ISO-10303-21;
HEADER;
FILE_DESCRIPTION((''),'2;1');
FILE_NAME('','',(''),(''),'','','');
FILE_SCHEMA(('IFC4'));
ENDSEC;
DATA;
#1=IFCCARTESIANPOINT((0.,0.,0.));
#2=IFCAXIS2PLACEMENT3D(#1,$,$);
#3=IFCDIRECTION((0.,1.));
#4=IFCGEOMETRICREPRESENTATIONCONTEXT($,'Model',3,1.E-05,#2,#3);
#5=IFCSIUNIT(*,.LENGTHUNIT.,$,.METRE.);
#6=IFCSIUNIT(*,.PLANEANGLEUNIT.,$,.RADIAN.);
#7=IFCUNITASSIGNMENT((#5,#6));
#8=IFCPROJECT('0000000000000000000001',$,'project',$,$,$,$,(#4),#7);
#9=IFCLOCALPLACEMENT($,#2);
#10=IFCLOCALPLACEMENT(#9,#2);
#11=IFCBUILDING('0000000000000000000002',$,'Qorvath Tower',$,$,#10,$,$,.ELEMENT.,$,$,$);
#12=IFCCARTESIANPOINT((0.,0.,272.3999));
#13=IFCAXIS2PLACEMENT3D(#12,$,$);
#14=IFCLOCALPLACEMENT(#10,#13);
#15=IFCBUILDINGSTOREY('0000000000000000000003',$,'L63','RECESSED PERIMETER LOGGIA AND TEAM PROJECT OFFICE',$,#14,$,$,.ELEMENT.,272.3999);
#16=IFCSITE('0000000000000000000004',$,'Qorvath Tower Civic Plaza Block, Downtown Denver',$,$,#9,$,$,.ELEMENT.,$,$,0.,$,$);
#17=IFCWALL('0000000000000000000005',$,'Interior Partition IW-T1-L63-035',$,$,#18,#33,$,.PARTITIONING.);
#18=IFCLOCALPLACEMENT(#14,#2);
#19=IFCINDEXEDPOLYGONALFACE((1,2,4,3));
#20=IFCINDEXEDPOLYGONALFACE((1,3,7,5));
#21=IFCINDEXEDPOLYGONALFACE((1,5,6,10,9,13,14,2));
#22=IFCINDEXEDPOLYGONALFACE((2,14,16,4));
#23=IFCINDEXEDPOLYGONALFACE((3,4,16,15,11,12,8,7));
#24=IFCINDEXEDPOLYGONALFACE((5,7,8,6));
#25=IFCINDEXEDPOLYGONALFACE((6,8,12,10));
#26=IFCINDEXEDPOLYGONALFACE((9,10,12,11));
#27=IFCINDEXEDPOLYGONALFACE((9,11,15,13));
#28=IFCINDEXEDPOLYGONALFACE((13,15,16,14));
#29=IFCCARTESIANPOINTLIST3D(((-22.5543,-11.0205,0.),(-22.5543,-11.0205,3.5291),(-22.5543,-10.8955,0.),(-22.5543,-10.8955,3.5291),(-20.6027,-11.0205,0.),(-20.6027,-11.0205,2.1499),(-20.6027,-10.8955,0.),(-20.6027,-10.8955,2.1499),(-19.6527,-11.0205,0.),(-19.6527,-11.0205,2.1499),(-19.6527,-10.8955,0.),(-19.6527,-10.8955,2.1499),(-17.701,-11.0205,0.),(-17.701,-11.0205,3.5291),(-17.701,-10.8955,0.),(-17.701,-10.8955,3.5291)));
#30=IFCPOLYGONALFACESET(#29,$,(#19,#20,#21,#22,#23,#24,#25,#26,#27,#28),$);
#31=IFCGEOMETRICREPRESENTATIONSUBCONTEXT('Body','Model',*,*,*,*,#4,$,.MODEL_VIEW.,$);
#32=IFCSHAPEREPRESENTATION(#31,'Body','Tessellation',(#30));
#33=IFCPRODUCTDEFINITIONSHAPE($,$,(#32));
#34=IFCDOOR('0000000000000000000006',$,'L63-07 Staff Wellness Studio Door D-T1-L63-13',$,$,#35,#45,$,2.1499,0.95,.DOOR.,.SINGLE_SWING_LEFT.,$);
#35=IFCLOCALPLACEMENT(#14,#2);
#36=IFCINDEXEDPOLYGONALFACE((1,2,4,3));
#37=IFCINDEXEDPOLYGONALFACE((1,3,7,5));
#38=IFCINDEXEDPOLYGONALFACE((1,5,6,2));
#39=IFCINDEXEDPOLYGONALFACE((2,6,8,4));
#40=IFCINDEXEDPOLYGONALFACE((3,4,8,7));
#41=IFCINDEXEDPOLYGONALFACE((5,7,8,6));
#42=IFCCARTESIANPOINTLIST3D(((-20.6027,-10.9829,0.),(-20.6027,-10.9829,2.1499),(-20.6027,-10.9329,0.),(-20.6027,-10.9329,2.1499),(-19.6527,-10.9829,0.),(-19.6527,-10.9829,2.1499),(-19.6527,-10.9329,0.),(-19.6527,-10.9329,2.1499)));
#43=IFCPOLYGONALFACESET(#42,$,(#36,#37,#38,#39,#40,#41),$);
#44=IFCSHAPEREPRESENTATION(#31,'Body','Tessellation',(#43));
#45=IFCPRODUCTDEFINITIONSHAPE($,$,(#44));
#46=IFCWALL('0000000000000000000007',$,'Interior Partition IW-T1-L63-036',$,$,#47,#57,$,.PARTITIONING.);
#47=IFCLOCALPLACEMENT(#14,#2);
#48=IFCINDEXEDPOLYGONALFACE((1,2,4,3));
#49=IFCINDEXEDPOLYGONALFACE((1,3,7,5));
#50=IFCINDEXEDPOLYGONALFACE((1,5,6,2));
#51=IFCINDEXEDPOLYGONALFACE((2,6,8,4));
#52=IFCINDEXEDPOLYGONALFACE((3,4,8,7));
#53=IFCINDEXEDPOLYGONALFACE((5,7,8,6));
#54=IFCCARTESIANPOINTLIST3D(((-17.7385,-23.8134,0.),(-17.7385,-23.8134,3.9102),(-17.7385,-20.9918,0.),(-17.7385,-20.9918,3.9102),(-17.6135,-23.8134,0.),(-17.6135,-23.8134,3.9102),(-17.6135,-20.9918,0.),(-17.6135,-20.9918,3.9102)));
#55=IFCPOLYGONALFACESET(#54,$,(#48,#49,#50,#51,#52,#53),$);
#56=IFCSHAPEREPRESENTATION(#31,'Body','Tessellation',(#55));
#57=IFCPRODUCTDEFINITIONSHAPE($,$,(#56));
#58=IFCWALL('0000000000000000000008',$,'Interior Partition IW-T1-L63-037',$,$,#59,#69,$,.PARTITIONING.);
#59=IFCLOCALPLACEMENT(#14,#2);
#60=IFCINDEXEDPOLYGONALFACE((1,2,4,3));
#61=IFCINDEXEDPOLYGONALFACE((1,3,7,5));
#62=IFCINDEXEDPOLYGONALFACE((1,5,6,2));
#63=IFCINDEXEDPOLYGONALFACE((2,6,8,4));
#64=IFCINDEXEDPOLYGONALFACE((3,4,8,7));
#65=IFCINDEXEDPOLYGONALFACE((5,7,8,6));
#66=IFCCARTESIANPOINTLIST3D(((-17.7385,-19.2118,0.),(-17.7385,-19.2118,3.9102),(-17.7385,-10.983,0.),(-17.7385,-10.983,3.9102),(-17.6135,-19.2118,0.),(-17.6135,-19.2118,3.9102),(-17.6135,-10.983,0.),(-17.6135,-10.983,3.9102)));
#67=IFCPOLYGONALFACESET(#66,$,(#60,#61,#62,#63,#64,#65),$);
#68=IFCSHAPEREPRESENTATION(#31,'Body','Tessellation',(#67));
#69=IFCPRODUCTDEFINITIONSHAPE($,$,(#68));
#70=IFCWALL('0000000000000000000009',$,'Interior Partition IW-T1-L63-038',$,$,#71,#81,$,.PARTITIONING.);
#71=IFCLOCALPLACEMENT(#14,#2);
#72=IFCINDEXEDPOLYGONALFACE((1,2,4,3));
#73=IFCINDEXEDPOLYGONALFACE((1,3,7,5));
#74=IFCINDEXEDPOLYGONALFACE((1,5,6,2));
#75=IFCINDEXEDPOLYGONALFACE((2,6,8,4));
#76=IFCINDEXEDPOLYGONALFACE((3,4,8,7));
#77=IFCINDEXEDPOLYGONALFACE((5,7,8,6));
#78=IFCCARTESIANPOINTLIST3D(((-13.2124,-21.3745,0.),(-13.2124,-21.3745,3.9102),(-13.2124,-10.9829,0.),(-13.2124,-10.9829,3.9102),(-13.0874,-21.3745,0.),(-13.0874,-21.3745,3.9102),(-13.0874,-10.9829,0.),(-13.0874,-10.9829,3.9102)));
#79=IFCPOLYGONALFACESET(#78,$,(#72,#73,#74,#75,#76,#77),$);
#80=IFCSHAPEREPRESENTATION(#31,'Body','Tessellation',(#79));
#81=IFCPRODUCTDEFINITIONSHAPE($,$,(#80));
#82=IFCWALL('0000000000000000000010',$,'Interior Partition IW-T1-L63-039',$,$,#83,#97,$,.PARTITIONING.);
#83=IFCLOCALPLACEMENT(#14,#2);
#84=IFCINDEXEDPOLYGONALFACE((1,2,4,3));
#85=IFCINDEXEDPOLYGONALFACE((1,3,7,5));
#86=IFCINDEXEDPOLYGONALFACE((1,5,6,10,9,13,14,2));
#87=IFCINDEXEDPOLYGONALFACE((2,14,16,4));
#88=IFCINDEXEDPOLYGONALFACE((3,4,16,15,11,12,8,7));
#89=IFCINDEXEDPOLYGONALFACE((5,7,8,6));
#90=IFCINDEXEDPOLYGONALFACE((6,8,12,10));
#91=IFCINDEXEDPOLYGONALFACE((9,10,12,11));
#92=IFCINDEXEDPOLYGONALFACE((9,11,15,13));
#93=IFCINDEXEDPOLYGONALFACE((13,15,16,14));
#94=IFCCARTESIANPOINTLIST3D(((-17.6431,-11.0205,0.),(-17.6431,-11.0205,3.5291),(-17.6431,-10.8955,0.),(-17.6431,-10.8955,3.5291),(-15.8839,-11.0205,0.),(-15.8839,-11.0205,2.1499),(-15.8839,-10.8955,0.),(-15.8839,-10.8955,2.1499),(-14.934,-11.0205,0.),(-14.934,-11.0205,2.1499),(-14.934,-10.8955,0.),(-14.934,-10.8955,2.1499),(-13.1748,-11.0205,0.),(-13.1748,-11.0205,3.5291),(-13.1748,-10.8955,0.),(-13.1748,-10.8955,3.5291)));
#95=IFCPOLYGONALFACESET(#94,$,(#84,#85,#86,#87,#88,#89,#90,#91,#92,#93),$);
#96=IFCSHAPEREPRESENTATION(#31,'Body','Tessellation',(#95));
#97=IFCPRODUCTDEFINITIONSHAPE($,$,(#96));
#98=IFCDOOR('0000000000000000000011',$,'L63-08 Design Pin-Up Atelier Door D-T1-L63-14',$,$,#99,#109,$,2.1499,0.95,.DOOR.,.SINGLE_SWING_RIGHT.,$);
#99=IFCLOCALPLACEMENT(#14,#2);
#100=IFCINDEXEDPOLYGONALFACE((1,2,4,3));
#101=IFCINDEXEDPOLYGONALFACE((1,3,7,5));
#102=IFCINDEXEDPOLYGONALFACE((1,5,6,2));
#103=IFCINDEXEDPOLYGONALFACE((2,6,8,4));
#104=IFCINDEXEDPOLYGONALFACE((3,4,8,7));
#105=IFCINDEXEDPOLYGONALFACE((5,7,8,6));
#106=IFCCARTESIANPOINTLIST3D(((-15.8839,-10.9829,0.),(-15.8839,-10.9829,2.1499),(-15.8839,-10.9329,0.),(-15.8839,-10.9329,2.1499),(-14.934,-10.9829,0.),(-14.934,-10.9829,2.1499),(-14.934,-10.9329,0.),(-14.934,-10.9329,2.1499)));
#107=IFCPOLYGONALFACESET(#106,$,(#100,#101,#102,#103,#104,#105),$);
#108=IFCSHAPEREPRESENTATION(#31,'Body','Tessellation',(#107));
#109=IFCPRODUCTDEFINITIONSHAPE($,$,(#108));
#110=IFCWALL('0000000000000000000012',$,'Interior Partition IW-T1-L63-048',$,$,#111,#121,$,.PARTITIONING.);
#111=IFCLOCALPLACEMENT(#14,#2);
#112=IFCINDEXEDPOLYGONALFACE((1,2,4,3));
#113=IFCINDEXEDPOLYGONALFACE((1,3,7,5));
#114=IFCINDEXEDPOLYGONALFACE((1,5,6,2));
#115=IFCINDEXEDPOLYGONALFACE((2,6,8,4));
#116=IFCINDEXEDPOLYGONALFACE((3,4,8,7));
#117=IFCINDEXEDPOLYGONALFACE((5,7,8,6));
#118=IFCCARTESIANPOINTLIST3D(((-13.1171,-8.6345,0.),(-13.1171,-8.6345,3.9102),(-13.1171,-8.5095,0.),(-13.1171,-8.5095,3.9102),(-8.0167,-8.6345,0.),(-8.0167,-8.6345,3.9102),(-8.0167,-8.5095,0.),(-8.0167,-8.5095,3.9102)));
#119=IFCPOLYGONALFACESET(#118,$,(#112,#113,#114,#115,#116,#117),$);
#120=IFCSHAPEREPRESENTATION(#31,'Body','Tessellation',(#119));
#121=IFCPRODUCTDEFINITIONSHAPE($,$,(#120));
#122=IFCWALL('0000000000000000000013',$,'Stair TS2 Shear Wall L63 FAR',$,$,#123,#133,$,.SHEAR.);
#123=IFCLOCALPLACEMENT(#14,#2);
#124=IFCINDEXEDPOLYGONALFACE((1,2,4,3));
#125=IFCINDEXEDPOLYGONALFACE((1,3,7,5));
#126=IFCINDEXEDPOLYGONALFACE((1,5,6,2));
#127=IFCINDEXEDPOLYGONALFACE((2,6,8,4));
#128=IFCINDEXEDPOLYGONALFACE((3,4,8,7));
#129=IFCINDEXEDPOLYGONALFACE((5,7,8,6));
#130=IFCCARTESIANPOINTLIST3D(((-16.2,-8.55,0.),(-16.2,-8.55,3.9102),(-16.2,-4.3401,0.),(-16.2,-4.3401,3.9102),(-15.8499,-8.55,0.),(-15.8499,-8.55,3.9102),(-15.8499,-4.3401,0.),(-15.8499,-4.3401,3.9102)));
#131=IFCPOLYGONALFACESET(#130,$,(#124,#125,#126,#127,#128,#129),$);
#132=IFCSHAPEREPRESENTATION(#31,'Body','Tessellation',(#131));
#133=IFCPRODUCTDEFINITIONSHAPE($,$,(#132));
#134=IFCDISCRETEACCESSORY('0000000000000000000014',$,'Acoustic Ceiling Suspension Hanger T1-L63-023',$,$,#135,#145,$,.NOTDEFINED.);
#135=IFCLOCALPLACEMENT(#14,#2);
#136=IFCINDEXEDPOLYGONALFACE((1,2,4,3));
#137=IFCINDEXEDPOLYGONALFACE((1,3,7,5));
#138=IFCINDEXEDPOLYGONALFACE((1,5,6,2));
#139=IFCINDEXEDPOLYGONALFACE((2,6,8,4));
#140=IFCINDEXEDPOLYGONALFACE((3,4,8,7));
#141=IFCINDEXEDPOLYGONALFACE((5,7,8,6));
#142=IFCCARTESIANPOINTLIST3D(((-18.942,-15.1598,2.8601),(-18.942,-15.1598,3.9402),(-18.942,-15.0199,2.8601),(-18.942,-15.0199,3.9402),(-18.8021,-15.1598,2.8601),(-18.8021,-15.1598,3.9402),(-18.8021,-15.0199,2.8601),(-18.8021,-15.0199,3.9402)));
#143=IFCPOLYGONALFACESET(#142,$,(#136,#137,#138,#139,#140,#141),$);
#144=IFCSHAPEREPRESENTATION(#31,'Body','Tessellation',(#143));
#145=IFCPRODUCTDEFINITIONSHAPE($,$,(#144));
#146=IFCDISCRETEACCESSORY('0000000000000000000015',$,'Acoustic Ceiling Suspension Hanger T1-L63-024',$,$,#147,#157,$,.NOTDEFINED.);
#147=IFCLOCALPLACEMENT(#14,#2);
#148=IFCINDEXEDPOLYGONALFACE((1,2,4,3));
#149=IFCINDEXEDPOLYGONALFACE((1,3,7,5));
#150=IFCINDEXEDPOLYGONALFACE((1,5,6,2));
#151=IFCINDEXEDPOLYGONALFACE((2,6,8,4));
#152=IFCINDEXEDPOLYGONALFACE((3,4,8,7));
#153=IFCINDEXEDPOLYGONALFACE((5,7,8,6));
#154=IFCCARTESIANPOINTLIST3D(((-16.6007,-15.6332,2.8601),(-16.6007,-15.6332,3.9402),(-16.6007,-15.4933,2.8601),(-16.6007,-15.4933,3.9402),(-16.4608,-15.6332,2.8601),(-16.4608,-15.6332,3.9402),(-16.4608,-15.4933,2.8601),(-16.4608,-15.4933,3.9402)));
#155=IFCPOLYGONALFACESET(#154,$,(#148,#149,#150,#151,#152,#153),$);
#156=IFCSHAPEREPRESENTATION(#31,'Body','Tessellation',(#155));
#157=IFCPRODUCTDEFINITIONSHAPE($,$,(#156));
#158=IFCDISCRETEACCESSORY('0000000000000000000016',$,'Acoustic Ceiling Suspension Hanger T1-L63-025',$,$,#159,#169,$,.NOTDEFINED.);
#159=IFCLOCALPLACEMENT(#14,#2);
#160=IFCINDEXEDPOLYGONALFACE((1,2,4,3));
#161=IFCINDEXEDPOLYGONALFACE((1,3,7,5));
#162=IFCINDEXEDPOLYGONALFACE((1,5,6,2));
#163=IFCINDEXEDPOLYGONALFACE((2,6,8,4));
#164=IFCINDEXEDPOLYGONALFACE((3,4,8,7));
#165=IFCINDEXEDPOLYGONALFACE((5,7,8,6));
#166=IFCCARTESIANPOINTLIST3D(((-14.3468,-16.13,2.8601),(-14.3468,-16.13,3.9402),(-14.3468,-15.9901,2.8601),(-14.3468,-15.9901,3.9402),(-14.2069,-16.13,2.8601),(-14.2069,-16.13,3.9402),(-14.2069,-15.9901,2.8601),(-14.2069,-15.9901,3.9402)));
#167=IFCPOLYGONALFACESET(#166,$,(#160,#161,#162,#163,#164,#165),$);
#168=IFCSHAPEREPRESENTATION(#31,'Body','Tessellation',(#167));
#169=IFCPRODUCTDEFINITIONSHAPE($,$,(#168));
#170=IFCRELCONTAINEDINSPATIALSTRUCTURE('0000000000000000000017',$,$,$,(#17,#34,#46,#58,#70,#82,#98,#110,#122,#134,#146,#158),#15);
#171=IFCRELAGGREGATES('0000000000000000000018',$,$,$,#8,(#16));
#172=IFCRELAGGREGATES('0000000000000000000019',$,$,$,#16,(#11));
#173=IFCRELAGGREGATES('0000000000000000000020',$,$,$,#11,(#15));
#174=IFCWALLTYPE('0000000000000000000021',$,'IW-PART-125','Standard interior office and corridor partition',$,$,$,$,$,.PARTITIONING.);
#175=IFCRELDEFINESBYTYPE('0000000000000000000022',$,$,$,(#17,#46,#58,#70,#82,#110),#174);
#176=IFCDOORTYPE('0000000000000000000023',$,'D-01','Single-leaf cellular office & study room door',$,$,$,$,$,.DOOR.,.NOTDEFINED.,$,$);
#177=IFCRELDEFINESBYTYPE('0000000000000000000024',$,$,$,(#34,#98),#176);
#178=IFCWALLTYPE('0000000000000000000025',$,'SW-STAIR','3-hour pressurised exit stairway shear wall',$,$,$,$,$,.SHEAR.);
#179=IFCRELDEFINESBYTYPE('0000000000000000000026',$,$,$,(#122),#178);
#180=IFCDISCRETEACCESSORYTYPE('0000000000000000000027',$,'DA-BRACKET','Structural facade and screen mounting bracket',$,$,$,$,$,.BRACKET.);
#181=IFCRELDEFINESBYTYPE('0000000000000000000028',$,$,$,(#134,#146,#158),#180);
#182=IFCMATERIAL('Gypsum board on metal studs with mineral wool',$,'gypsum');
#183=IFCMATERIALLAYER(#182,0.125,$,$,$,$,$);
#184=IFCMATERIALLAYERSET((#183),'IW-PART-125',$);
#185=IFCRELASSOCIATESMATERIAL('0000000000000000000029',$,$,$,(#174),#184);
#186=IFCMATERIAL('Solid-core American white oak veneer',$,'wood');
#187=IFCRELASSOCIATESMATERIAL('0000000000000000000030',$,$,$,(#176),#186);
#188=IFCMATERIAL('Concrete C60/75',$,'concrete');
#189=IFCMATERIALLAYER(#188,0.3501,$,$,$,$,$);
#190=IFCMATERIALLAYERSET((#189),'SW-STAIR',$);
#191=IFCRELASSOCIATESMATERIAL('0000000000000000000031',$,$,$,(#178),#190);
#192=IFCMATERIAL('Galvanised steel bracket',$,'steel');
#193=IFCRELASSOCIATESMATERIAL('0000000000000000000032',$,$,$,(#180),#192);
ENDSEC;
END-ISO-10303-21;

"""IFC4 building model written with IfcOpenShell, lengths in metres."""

from ifc_helpers import new_model, si_unit, direction, frame, frame_2d, origin, origin_2d, place, context, subcontext, project, spatial, rectangle, extrude, material, layer, layer_set, type_object, element, fill, save


model = new_model("IFC4")

# Units and contexts
model_context = context("Model", 3, precision=1e-05, world=origin(), true_north=direction((0.0, 1.0)))
body_context = subcontext(model_context, "Body", "Model", "MODEL_VIEW")
ifc_project = project(units=[si_unit("LENGTHUNIT", "METRE"), si_unit("PLANEANGLEUNIT", "RADIAN")], contexts=[model_context])

# Site, building, storey
site_placement = place(None, origin())
site = spatial("IfcSite", under=ifc_project, at=site_placement, Name="Qorvath Tower Civic Plaza Block, Downtown Denver", CompositionType="ELEMENT", RefElevation=0.0)
building_placement = place(site_placement, origin())
building = spatial("IfcBuilding", under=site, at=building_placement, Name="Qorvath Tower", CompositionType="ELEMENT")
storey_placement = place(building_placement, frame((0.0, 0.0, 272.3999)))
storey = spatial("IfcBuildingStorey", under=building, at=storey_placement, Name="L63", Description="RECESSED PERIMETER LOGGIA AND TEAM PROJECT OFFICE", CompositionType="ELEMENT", Elevation=272.3999)

# Wall, opening, door
ifc_material_1 = material(Name="Gypsum board on metal studs with mineral wool", Category="gypsum")
ifc_layer_1 = layer(ifc_material_1, 0.125)
ifc_layer_set_1 = layer_set([ifc_layer_1], Name="IW-PART-125")
wall_type_1 = type_object("IfcWallType", Name="IW-PART-125", Description="Standard interior office and corridor partition", PredefinedType="PARTITIONING", material=ifc_layer_set_1)
wall_1_placement = place(storey_placement, frame((-17.7009, -10.958, 0.0), z_axis=(0.0, 0.0, 1.0), x_axis=(-1.0, 0.0, 0.0)))
wall_1 = element("IfcWall", 1, at=wall_1_placement, inside=storey, type_object=wall_type_1, Name="Interior Partition IW-T1-L63-035", PredefinedType="PARTITIONING", context=body_context, shape_type="SweptSolid", body=[
    extrude(rectangle(XDim=4.8533, YDim=0.125, at=frame_2d((2.4268, 0.0))), origin(), (0.0, 0.0, 1.0), 3.5291),
])
opening_1_placement = place(wall_1_placement, frame((1.9517, 0.0, 0.0)))
opening_1 = element("IfcOpeningElement", 2, at=opening_1_placement, cuts=wall_1, PredefinedType="OPENING", context=body_context, shape_type="SweptSolid", body=[
    extrude(rectangle(XDim=0.95, YDim=2.1499, at=frame_2d((0.4751, 1.075))), frame((0.0, 0.0725, 0.0), z_axis=(0.0, -1.0, 0.0), x_axis=(1.0, 0.0, 0.0)), (0.0, 0.0, 1.0), 0.145),
])
ifc_material_2 = material(Name="Solid-core American white oak veneer", Category="wood")
door_type = type_object("IfcDoorType", Name="D-01", Description="Single-leaf cellular office & study room door", OperationType="NOTDEFINED", PredefinedType="DOOR", material=ifc_material_2)
door_1_placement = place(opening_1_placement, origin())
door_1 = element("IfcDoor", 3, at=door_1_placement, inside=storey, type_object=door_type, Name="L63-07 Staff Wellness Studio Door D-T1-L63-13", OperationType="SINGLE_SWING_LEFT", OverallHeight=2.1499, OverallWidth=0.95, PredefinedType="DOOR", context=body_context, shape_type="SweptSolid", body=[
    extrude(rectangle(XDim=0.95, YDim=2.1499, at=frame_2d((0.4751, 1.075))), frame((0.0, 0.0249, 0.0), z_axis=(0.0, -1.0, 0.0), x_axis=(1.0, 0.0, 0.0)), (0.0, 0.0, 1.0), 0.05),
])
fill(opening_1, door_1)

# Walls
wall_2_placement = place(storey_placement, frame((-17.676, -23.8132, 0.0), z_axis=(0.0, 0.0, 1.0), x_axis=(0.0, 1.0, 0.0)))
element("IfcWall", 4, at=wall_2_placement, inside=storey, type_object=wall_type_1, Name="Interior Partition IW-T1-L63-036", PredefinedType="PARTITIONING", context=body_context, shape_type="SweptSolid", body=[
    extrude(rectangle(XDim=2.8215, YDim=0.125, at=frame_2d((1.4106, 0.0))), origin(), (0.0, 0.0, 1.0), 3.9102),
])
wall_3_placement = place(storey_placement, frame((-17.676, -19.2117, 0.0), z_axis=(0.0, 0.0, 1.0), x_axis=(0.0, 1.0, 0.0)))
element("IfcWall", 5, at=wall_3_placement, inside=storey, type_object=wall_type_1, Name="Interior Partition IW-T1-L63-037", PredefinedType="PARTITIONING", context=body_context, shape_type="SweptSolid", body=[
    extrude(rectangle(XDim=8.2288, YDim=0.125, at=frame_2d((4.1143, 0.0))), origin(), (0.0, 0.0, 1.0), 3.9102),
])
wall_4_placement = place(storey_placement, frame((-13.1499, -21.3745, 0.0), z_axis=(0.0, 0.0, 1.0), x_axis=(0.0, 1.0, 0.0)))
element("IfcWall", 6, at=wall_4_placement, inside=storey, type_object=wall_type_1, Name="Interior Partition IW-T1-L63-038", PredefinedType="PARTITIONING", context=body_context, shape_type="SweptSolid", body=[
    extrude(rectangle(XDim=10.3916, YDim=0.125, at=frame_2d((5.1958, 0.0))), origin(), (0.0, 0.0, 1.0), 3.9102),
])

# Wall, opening, door
wall_5_placement = place(storey_placement, frame((-13.1748, -10.958, 0.0), z_axis=(0.0, 0.0, 1.0), x_axis=(-1.0, 0.0, 0.0)))
wall_5 = element("IfcWall", 7, at=wall_5_placement, inside=storey, type_object=wall_type_1, Name="Interior Partition IW-T1-L63-039", PredefinedType="PARTITIONING", context=body_context, shape_type="SweptSolid", body=[
    extrude(rectangle(XDim=4.4683, YDim=0.125, at=frame_2d((2.2341, 0.0))), origin(), (0.0, 0.0, 1.0), 3.5291),
])
opening_2_placement = place(wall_5_placement, frame((1.759, 0.0, 0.0)))
opening_2 = element("IfcOpeningElement", 8, at=opening_2_placement, cuts=wall_5, PredefinedType="OPENING", context=body_context, shape_type="SweptSolid", body=[
    extrude(rectangle(XDim=0.95, YDim=2.1499, at=frame_2d((0.4751, 1.075))), frame((0.0, 0.0725, 0.0), z_axis=(0.0, -1.0, 0.0), x_axis=(1.0, 0.0, 0.0)), (0.0, 0.0, 1.0), 0.145),
])
door_2_placement = place(opening_2_placement, origin())
door_2 = element("IfcDoor", 9, at=door_2_placement, inside=storey, type_object=door_type, Name="L63-08 Design Pin-Up Atelier Door D-T1-L63-14", OperationType="SINGLE_SWING_RIGHT", OverallHeight=2.1499, OverallWidth=0.95, PredefinedType="DOOR", context=body_context, shape_type="SweptSolid", body=[
    extrude(rectangle(XDim=0.95, YDim=2.1499, at=frame_2d((0.4751, 1.075))), frame((0.0, 0.0249, 0.0), z_axis=(0.0, -1.0, 0.0), x_axis=(1.0, 0.0, 0.0)), (0.0, 0.0, 1.0), 0.05),
])
fill(opening_2, door_2)

# Walls
wall_6_placement = place(storey_placement, frame((-13.1172, -8.572, 0.0), z_axis=(0.0, 0.0, 1.0), x_axis=(1.0, 0.0, 0.0)))
element("IfcWall", 10, at=wall_6_placement, inside=storey, type_object=wall_type_1, Name="Interior Partition IW-T1-L63-048", PredefinedType="PARTITIONING", context=body_context, shape_type="SweptSolid", body=[
    extrude(rectangle(XDim=5.1003, YDim=0.125, at=frame_2d((2.5503, 0.0))), origin(), (0.0, 0.0, 1.0), 3.9102),
])
ifc_material_3 = material(Name="Concrete C60/75", Category="concrete")
ifc_layer_2 = layer(ifc_material_3, 0.3501)
ifc_layer_set_2 = layer_set([ifc_layer_2], Name="SW-STAIR")
wall_type_2 = type_object("IfcWallType", Name="SW-STAIR", Description="3-hour pressurised exit stairway shear wall", PredefinedType="SHEAR", material=ifc_layer_set_2)
wall_7_placement = place(storey_placement, frame((-16.0249, -8.55, 0.0), z_axis=(0.0, 0.0, 1.0), x_axis=(0.0, 1.0, 0.0)))
element("IfcWall", 11, at=wall_7_placement, inside=storey, type_object=wall_type_2, Name="Stair TS2 Shear Wall L63 FAR", PredefinedType="SHEAR", context=body_context, shape_type="SweptSolid", body=[
    extrude(rectangle(XDim=4.21, YDim=0.3501, at=frame_2d((2.105, 0.0))), origin(), (0.0, 0.0, 1.0), 3.9102),
])

# Discrete accessories
ifc_material_4 = material(Name="Galvanised steel bracket", Category="steel")
discrete_accessory_type = type_object("IfcDiscreteAccessoryType", Name="DA-BRACKET", Description="Structural facade and screen mounting bracket", PredefinedType="BRACKET", material=ifc_material_4)
for number, where, z_axis, x_axis, name in (
    (12, (-18.8721, -15.0898, 2.8601), (0.0, 0.0, 1.0), (1.0, 0.0, 0.0), "Acoustic Ceiling Suspension Hanger T1-L63-023"),
    (13, (-16.5308, -15.5632, 2.8601), (0.0, 0.0, 1.0), (1.0, 0.0, 0.0), "Acoustic Ceiling Suspension Hanger T1-L63-024"),
    (14, (-14.2769, -16.0601, 2.8601), (0.0, 0.0, 1.0), (1.0, 0.0, 0.0), "Acoustic Ceiling Suspension Hanger T1-L63-025"),
):
    element("IfcDiscreteAccessory", number, at=place(storey_placement, frame(where, z_axis=z_axis, x_axis=x_axis)), inside=storey, type_object=discrete_accessory_type, Name=name, PredefinedType="NOTDEFINED", context=body_context, shape_type="SweptSolid", body=[
        extrude(rectangle(XDim=0.1399, YDim=0.1399, at=origin_2d()), origin(), (0.0, 0.0, 1.0), 1.0801),
    ])

save(model, "model.ifc")
